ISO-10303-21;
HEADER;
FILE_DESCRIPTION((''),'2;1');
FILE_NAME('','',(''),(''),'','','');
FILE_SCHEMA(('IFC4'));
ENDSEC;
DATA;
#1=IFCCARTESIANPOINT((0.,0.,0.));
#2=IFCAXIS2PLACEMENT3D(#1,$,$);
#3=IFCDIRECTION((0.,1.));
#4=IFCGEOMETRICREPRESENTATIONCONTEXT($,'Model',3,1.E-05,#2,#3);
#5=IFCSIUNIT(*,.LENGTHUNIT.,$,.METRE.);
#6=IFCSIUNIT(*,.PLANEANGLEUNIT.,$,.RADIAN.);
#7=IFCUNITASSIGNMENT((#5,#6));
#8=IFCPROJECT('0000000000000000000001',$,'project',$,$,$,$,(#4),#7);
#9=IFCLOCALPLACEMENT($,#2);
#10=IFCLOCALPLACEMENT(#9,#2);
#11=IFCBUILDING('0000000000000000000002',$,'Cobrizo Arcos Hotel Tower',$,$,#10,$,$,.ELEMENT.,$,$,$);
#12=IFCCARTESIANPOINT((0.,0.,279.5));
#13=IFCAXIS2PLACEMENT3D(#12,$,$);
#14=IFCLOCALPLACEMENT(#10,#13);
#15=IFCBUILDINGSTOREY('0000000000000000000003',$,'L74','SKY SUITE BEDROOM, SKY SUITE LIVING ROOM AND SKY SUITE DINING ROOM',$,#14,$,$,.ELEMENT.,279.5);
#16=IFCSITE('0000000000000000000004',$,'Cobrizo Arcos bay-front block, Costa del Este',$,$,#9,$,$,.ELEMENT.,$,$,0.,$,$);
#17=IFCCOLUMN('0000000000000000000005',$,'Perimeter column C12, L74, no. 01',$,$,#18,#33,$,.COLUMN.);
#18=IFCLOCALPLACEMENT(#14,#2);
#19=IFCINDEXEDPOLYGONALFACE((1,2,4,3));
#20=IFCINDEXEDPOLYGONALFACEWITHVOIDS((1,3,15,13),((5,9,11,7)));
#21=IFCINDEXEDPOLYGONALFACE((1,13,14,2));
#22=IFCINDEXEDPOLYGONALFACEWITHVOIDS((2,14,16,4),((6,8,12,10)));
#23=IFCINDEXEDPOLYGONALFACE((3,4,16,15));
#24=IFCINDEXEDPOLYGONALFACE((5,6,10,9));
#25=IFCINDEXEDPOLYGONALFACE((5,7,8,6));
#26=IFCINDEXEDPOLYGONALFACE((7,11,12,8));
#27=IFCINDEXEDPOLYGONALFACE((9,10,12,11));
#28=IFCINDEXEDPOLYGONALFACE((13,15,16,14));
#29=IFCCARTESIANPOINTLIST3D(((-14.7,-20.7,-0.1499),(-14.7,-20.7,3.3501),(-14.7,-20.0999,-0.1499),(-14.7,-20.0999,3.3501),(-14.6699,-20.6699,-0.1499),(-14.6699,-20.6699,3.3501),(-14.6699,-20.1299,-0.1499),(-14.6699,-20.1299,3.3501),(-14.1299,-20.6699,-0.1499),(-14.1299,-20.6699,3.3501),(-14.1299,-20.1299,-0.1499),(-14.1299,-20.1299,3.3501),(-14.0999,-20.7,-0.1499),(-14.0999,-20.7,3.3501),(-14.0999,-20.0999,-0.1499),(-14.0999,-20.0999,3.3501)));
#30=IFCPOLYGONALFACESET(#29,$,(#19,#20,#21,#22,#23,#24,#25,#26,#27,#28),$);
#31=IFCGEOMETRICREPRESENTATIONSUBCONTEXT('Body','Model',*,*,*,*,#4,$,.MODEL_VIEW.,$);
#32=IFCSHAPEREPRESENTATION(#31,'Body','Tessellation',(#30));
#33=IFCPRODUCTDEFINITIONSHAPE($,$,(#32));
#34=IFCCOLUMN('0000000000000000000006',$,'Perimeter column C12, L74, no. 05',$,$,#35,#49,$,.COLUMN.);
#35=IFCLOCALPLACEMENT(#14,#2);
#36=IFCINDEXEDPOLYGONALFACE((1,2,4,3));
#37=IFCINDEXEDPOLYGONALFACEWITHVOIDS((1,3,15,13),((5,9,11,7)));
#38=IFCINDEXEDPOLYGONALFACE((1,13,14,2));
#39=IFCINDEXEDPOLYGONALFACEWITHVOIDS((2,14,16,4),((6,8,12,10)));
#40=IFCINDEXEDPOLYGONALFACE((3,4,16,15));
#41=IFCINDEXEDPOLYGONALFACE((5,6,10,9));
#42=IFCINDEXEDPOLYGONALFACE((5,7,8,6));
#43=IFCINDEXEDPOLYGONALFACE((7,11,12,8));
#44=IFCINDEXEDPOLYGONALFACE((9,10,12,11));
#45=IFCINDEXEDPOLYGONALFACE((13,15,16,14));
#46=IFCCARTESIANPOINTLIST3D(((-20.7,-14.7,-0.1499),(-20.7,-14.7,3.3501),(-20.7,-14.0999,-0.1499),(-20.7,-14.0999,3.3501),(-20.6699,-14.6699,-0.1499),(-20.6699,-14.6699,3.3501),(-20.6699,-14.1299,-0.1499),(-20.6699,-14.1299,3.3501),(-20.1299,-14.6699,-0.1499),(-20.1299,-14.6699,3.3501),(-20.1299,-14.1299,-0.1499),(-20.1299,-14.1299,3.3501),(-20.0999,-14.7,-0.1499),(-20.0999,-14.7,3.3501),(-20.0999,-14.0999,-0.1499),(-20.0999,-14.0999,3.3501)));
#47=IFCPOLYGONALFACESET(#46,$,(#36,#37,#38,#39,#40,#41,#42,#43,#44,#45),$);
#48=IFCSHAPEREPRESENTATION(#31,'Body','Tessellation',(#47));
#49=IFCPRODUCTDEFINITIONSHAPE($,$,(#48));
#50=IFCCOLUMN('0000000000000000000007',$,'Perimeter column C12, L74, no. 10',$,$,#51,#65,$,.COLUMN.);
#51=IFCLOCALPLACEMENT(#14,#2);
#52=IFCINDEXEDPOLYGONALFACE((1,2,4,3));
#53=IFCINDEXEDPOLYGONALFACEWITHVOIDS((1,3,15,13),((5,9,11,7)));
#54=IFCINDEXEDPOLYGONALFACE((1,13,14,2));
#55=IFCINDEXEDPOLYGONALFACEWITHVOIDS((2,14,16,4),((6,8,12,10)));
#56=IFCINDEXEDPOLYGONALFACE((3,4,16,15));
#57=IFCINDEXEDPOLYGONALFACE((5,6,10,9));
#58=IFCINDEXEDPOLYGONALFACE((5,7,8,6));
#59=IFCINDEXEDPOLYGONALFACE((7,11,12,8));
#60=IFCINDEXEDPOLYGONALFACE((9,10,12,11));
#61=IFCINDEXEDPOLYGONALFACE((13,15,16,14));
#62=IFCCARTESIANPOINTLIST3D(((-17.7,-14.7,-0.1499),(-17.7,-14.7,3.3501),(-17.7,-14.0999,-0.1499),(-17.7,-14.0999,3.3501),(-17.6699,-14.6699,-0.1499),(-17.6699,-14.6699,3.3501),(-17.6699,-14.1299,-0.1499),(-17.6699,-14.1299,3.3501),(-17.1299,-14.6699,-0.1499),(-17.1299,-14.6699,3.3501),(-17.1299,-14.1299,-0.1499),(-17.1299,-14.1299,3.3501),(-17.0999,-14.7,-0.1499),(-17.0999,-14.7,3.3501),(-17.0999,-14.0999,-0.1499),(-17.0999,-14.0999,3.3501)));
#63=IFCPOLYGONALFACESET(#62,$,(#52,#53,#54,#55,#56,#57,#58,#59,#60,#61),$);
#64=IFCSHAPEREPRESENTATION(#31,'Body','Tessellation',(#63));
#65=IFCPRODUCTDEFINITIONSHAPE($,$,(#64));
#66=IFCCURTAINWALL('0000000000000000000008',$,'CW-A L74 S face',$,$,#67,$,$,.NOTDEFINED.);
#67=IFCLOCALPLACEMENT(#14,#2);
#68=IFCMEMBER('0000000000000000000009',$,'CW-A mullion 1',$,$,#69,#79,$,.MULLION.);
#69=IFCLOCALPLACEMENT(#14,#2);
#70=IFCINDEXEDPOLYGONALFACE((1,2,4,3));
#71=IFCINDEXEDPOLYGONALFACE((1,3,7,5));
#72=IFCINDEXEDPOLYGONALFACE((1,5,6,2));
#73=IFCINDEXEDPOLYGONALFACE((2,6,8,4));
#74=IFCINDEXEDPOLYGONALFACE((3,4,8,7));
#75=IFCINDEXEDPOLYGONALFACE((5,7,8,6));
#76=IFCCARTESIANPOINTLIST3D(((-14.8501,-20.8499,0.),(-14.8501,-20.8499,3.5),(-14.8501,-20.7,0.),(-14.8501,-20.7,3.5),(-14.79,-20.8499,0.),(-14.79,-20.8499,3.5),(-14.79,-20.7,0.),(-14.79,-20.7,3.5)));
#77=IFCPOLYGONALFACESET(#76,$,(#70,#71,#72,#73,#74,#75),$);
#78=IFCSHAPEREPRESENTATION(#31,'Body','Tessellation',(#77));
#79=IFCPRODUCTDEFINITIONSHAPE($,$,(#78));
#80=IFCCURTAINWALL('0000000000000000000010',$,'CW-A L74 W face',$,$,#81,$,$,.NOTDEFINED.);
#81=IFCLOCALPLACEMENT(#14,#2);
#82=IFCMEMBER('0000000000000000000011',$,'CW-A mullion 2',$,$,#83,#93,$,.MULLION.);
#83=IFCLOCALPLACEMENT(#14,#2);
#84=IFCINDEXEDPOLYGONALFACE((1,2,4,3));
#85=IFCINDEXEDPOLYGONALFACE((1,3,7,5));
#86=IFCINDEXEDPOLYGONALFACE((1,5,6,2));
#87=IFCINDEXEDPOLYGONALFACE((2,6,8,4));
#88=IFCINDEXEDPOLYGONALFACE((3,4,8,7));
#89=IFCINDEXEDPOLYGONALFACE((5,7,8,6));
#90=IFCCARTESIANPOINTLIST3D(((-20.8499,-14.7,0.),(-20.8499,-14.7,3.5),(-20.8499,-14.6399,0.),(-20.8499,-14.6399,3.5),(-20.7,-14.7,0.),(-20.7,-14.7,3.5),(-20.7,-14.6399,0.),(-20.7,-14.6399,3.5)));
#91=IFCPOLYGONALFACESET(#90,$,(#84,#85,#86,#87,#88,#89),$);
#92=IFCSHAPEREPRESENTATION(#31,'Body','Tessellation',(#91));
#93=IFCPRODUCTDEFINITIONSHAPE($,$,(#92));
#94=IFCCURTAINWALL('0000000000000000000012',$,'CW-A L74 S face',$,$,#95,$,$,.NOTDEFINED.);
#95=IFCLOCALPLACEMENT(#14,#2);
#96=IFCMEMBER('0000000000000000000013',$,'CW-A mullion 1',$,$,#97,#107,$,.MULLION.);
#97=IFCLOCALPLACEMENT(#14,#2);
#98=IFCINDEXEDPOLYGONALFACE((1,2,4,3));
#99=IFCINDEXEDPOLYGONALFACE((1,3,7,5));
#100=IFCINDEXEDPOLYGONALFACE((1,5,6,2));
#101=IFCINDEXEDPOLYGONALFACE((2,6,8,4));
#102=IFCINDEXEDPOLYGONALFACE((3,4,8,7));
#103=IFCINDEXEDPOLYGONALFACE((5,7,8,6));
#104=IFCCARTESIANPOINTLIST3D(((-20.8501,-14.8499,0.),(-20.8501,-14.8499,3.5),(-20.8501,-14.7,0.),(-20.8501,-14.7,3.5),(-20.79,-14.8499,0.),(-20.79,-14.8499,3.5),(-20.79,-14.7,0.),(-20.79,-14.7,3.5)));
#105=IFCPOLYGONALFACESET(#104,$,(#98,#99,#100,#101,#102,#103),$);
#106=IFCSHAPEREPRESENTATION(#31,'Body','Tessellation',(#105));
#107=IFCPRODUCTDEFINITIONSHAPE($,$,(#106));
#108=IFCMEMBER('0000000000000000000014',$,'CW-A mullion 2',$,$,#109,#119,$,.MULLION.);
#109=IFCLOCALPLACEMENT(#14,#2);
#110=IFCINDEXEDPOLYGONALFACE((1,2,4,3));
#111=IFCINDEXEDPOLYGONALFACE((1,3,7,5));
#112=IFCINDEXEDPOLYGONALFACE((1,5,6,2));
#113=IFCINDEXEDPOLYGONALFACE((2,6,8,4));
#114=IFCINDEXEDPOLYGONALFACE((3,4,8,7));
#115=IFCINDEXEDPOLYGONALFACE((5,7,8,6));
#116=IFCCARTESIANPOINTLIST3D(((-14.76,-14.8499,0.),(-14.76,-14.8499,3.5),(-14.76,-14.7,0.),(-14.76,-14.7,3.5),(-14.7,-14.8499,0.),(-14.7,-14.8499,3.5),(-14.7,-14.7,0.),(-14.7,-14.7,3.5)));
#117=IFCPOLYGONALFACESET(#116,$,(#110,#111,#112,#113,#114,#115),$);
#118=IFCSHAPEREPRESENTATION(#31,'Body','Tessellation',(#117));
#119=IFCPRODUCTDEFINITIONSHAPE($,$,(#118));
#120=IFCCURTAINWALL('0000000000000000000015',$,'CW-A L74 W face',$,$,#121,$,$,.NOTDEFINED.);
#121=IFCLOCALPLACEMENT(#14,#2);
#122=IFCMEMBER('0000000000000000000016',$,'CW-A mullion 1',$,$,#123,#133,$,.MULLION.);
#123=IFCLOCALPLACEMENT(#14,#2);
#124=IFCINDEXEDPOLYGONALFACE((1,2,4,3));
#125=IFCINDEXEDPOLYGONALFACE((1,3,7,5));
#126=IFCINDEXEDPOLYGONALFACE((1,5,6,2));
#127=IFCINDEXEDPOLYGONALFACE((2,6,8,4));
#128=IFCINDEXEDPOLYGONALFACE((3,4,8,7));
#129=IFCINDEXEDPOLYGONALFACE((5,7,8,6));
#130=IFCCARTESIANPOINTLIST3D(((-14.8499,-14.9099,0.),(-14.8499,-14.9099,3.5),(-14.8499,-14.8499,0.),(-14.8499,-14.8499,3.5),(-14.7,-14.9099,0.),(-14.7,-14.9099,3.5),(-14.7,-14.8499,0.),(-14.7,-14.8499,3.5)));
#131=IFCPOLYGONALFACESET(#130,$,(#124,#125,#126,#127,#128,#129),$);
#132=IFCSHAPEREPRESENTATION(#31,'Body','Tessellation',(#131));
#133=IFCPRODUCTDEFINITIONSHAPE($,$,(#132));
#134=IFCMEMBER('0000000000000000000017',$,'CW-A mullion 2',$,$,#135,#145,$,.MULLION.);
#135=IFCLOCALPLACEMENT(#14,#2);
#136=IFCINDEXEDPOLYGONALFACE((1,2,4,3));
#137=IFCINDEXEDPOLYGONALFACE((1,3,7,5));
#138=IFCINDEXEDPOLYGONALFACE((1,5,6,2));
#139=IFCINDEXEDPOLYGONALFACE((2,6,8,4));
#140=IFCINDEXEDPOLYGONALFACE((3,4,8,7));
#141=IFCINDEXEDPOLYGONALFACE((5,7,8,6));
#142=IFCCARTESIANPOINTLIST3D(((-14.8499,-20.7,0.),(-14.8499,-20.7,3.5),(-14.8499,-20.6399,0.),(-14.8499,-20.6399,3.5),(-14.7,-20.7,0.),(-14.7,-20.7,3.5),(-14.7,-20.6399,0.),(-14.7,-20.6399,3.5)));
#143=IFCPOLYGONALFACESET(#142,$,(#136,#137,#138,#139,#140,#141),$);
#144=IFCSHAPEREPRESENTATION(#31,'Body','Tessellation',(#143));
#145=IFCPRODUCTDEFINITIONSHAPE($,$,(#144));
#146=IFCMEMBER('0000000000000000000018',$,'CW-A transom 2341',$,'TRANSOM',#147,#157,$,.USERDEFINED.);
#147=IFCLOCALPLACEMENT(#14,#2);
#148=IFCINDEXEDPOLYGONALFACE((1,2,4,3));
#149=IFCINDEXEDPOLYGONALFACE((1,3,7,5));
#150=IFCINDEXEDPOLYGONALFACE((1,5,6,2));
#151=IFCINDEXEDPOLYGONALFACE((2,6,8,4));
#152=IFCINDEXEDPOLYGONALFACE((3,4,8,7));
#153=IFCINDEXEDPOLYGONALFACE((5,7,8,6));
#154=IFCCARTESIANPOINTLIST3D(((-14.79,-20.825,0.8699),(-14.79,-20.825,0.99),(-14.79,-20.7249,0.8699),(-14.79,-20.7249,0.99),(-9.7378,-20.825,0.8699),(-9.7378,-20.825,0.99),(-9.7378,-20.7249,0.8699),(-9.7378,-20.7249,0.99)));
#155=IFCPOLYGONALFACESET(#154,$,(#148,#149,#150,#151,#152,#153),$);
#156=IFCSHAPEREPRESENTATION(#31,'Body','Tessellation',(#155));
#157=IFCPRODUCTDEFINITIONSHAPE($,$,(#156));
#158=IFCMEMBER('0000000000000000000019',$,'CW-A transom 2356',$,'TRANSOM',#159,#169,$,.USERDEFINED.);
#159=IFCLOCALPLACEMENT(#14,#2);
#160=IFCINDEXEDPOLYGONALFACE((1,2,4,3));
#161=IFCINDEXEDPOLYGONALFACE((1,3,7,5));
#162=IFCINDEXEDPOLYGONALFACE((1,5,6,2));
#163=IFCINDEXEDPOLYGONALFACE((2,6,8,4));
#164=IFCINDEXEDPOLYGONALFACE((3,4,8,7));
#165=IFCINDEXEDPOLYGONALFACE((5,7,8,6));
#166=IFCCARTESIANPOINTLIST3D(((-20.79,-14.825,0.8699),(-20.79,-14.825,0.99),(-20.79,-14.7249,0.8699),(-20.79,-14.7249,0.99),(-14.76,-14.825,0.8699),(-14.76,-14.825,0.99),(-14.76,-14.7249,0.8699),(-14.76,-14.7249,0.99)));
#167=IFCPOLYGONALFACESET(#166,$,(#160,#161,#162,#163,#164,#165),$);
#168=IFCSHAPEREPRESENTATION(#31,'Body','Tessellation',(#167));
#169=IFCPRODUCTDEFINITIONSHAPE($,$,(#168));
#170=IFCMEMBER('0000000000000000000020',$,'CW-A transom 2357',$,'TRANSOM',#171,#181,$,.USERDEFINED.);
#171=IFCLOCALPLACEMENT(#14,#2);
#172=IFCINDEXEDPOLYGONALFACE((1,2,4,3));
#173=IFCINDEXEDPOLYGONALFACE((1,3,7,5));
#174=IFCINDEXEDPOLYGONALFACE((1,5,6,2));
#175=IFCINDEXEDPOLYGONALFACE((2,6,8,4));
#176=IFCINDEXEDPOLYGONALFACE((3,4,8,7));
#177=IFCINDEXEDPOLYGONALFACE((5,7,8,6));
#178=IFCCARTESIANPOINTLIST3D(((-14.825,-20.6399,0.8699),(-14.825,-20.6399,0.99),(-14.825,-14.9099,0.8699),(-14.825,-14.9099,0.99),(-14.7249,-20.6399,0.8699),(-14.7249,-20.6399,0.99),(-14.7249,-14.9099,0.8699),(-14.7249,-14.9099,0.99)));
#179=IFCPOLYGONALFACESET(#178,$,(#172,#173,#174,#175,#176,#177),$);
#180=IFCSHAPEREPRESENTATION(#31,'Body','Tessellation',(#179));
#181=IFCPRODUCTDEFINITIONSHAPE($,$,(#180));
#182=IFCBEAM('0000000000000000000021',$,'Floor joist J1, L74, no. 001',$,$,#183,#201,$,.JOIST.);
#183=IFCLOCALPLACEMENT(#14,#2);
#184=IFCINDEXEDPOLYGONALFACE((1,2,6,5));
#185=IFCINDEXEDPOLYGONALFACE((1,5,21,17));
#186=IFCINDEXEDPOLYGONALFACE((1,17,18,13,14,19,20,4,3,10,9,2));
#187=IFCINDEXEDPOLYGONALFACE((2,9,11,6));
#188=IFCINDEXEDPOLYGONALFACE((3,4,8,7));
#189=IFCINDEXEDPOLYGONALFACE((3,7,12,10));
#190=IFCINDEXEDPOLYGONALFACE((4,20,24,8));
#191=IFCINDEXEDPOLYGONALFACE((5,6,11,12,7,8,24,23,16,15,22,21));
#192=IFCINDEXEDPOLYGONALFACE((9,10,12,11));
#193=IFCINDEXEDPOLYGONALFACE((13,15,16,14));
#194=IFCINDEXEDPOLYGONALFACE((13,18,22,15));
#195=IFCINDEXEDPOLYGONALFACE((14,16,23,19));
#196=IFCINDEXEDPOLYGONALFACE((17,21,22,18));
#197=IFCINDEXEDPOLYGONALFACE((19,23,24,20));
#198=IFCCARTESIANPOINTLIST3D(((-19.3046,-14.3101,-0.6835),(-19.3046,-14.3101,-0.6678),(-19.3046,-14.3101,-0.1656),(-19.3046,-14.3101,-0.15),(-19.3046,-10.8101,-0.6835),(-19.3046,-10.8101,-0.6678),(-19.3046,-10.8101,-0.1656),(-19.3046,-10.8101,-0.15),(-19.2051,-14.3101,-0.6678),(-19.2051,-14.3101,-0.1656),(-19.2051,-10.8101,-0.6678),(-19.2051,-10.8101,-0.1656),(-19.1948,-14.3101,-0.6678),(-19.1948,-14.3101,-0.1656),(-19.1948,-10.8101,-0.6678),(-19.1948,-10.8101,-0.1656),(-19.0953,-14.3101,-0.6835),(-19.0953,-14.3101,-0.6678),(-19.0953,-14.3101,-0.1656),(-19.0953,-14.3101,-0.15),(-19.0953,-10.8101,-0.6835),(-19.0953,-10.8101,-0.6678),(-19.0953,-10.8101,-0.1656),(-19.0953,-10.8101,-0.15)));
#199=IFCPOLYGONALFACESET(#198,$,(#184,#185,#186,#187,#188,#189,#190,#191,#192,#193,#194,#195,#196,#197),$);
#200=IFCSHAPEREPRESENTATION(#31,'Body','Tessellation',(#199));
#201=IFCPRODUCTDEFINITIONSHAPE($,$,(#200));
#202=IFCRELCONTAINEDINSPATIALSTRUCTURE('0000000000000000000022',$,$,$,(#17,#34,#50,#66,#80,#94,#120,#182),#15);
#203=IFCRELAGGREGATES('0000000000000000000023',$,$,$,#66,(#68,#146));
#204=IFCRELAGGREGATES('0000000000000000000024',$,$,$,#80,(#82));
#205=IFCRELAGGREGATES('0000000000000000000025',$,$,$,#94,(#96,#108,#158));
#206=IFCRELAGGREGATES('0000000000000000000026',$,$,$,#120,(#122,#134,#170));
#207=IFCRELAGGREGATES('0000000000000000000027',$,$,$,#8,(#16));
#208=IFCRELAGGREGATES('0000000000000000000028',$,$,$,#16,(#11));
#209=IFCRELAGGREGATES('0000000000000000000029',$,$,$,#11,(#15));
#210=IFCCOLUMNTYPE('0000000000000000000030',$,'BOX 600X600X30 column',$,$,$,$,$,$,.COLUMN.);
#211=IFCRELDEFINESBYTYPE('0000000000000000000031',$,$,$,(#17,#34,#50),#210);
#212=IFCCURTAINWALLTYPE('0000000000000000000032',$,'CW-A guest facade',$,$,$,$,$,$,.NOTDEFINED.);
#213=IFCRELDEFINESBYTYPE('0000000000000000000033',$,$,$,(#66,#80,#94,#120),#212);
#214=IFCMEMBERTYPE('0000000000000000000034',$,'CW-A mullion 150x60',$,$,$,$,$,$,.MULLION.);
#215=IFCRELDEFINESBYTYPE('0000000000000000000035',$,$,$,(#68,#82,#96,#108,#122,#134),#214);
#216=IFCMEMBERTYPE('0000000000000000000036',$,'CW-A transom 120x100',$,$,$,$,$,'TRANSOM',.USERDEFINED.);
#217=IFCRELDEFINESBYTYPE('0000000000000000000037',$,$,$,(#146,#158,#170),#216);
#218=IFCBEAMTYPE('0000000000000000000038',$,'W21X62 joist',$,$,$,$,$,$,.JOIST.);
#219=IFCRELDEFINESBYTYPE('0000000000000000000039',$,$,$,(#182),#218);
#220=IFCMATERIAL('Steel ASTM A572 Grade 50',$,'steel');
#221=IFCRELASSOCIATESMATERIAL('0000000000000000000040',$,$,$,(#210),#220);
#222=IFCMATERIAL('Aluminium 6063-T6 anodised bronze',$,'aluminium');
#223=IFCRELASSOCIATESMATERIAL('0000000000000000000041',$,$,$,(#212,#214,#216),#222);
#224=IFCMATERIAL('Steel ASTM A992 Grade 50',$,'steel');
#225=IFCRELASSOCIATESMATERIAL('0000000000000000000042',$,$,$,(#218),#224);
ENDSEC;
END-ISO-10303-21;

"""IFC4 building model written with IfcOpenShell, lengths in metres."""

from ifc_helpers import new_model, si_unit, direction, frame, origin, origin_2d, place, context, subcontext, project, spatial, rectangle, hollow_rectangle, i_section, extrude, material, material_profile, profile_set, type_object, element, aggregate, save


model = new_model("IFC4")

# Units and contexts
model_context = context("Model", 3, precision=1e-05, world=origin(), true_north=direction((0.0, 1.0)))
body_context = subcontext(model_context, "Body", "Model", "MODEL_VIEW")
ifc_project = project(units=[si_unit("LENGTHUNIT", "METRE"), si_unit("PLANEANGLEUNIT", "RADIAN")], contexts=[model_context])

# Site, building, storey
site_placement = place(None, origin())
site = spatial("IfcSite", under=ifc_project, at=site_placement, Name="Cobrizo Arcos bay-front block, Costa del Este", CompositionType="ELEMENT", RefElevation=0.0)
building_placement = place(site_placement, origin())
building = spatial("IfcBuilding", under=site, at=building_placement, Name="Cobrizo Arcos Hotel Tower", CompositionType="ELEMENT")
storey_placement = place(building_placement, frame((0.0, 0.0, 279.5)))
storey = spatial("IfcBuildingStorey", under=building, at=storey_placement, Name="L74", Description="SKY SUITE BEDROOM, SKY SUITE LIVING ROOM AND SKY SUITE DINING ROOM", CompositionType="ELEMENT", Elevation=279.5)

# Columns
ifc_material_1 = material(Name="Steel ASTM A572 Grade 50", Category="steel")
ifc_material_profile_1 = material_profile(ifc_material_1, hollow_rectangle(XDim=0.6001, YDim=0.6001, WallThickness=0.03, at=origin_2d()), Name="BOX 600X600X30")
ifc_profile_set_1 = profile_set([ifc_material_profile_1], Name="Steel ASTM A572 Grade 50")
column_type = type_object("IfcColumnType", Name="BOX 600X600X30 column", PredefinedType="COLUMN", material=ifc_profile_set_1)
for number, where, z_axis, x_axis, name in (
    (1, (-14.3999, -20.3999, -0.1499), (0.0, 0.0, 1.0), (1.0, 0.0, 0.0), "Perimeter column C12, L74, no. 01"),
    (2, (-20.3999, -14.3999, -0.1499), (0.0, 0.0, 1.0), (1.0, 0.0, 0.0), "Perimeter column C12, L74, no. 05"),
    (3, (-17.3999, -14.3999, -0.1499), (0.0, 0.0, 1.0), (1.0, 0.0, 0.0), "Perimeter column C12, L74, no. 10"),
):
    element("IfcColumn", number, at=place(storey_placement, frame(where, z_axis=z_axis, x_axis=x_axis)), inside=storey, type_object=column_type, Name=name, PredefinedType="COLUMN", context=body_context, shape_type="SweptSolid", body=[
        extrude(hollow_rectangle(XDim=0.6001, YDim=0.6001, WallThickness=0.03, at=origin_2d()), origin(), (0.0, 0.0, 1.0), 3.5),
    ])

# Curtain walls, members
ifc_material_2 = material(Name="Aluminium 6063-T6 anodised bronze", Category="aluminium")
curtain_wall_type = type_object("IfcCurtainWallType", Name="CW-A guest facade", PredefinedType="NOTDEFINED", material=ifc_material_2)
curtain_wall_1_placement = place(storey_placement, origin())
curtain_wall_1 = element("IfcCurtainWall", 4, at=curtain_wall_1_placement, inside=storey, type_object=curtain_wall_type, Name="CW-A L74 S face", PredefinedType="NOTDEFINED")
ifc_material_profile_2 = material_profile(ifc_material_2, rectangle(XDim=0.1499, YDim=0.0601, at=origin_2d()), Name="CW-A mullion 150x60")
ifc_profile_set_2 = profile_set([ifc_material_profile_2], Name="Aluminium 6063-T6 anodised bronze")
member_type_1 = type_object("IfcMemberType", Name="CW-A mullion 150x60", PredefinedType="MULLION", material=ifc_profile_set_2)
member_1_placement = place(storey_placement, frame((-14.8201, -20.7749, 0.0), z_axis=(0.0, 0.0, 1.0), x_axis=(0.0, -1.0, 0.0)))
member_1 = element("IfcMember", 5, at=member_1_placement, type_object=member_type_1, Name="CW-A mullion 1", PredefinedType="MULLION", context=body_context, shape_type="SweptSolid", body=[
    extrude(rectangle(XDim=0.1499, YDim=0.0601, at=origin_2d()), origin(), (0.0, 0.0, 1.0), 3.5),
])
curtain_wall_2_placement = place(storey_placement, origin())
curtain_wall_2 = element("IfcCurtainWall", 6, at=curtain_wall_2_placement, inside=storey, type_object=curtain_wall_type, Name="CW-A L74 W face", PredefinedType="NOTDEFINED")
member_2_placement = place(storey_placement, frame((-20.7749, -14.6699, 0.0), z_axis=(0.0, 0.0, 1.0), x_axis=(-1.0, 0.0, 0.0)))
member_2 = element("IfcMember", 7, at=member_2_placement, type_object=member_type_1, Name="CW-A mullion 2", PredefinedType="MULLION", context=body_context, shape_type="SweptSolid", body=[
    extrude(rectangle(XDim=0.1499, YDim=0.0601, at=origin_2d()), origin(), (0.0, 0.0, 1.0), 3.5),
])

# Curtain walls, members
curtain_wall_3_placement = place(storey_placement, origin())
curtain_wall_3 = element("IfcCurtainWall", 8, at=curtain_wall_3_placement, inside=storey, type_object=curtain_wall_type, Name="CW-A L74 S face", PredefinedType="NOTDEFINED")
member_3_placement = place(storey_placement, frame((-20.8201, -14.7749, 0.0), z_axis=(0.0, 0.0, 1.0), x_axis=(0.0, -1.0, 0.0)))
member_3 = element("IfcMember", 9, at=member_3_placement, type_object=member_type_1, Name="CW-A mullion 1", PredefinedType="MULLION", context=body_context, shape_type="SweptSolid", body=[
    extrude(rectangle(XDim=0.1499, YDim=0.0601, at=origin_2d()), origin(), (0.0, 0.0, 1.0), 3.5),
])
member_4_placement = place(storey_placement, frame((-14.73, -14.7749, 0.0), z_axis=(0.0, 0.0, 1.0), x_axis=(0.0, -1.0, 0.0)))
member_4 = element("IfcMember", 10, at=member_4_placement, type_object=member_type_1, Name="CW-A mullion 2", PredefinedType="MULLION", context=body_context, shape_type="SweptSolid", body=[
    extrude(rectangle(XDim=0.1499, YDim=0.0601, at=origin_2d()), origin(), (0.0, 0.0, 1.0), 3.5),
])
curtain_wall_4_placement = place(storey_placement, origin())
curtain_wall_4 = element("IfcCurtainWall", 11, at=curtain_wall_4_placement, inside=storey, type_object=curtain_wall_type, Name="CW-A L74 W face", PredefinedType="NOTDEFINED")
member_5_placement = place(storey_placement, frame((-14.7749, -14.8799, 0.0), z_axis=(0.0, 0.0, 1.0), x_axis=(-1.0, 0.0, 0.0)))
member_5 = element("IfcMember", 12, at=member_5_placement, type_object=member_type_1, Name="CW-A mullion 1", PredefinedType="MULLION", context=body_context, shape_type="SweptSolid", body=[
    extrude(rectangle(XDim=0.1499, YDim=0.0601, at=origin_2d()), origin(), (0.0, 0.0, 1.0), 3.5),
])
member_6_placement = place(storey_placement, frame((-14.7749, -20.6699, 0.0), z_axis=(0.0, 0.0, 1.0), x_axis=(-1.0, 0.0, 0.0)))
member_6 = element("IfcMember", 13, at=member_6_placement, type_object=member_type_1, Name="CW-A mullion 2", PredefinedType="MULLION", context=body_context, shape_type="SweptSolid", body=[
    extrude(rectangle(XDim=0.1499, YDim=0.0601, at=origin_2d()), origin(), (0.0, 0.0, 1.0), 3.5),
])

# Members
ifc_material_profile_3 = material_profile(ifc_material_2, rectangle(XDim=0.1001, YDim=0.1201, at=origin_2d()), Name="CW-A transom 120x100")
ifc_profile_set_3 = profile_set([ifc_material_profile_3], Name="Aluminium 6063-T6 anodised bronze")
member_type_2 = type_object("IfcMemberType", Name="CW-A transom 120x100", ElementType="TRANSOM", PredefinedType="USERDEFINED", material=ifc_profile_set_3)
member_7_placement = place(storey_placement, frame((-14.79, -20.7749, 0.9299), z_axis=(1.0, 0.0, 0.0), x_axis=(0.0, 1.0, 0.0)))
member_7 = element("IfcMember", 14, at=member_7_placement, type_object=member_type_2, Name="CW-A transom 2341", ObjectType="TRANSOM", PredefinedType="USERDEFINED", context=body_context, shape_type="SweptSolid", body=[
    extrude(rectangle(XDim=0.1001, YDim=0.1201, at=origin_2d()), origin(), (0.0, 0.0, 1.0), 5.0522),
])
aggregate(curtain_wall_1, [member_1, member_7])
member_8_placement = place(storey_placement, frame((-20.79, -14.7749, 0.9299), z_axis=(1.0, 0.0, 0.0), x_axis=(0.0, 1.0, 0.0)))
member_8 = element("IfcMember", 15, at=member_8_placement, type_object=member_type_2, Name="CW-A transom 2356", ObjectType="TRANSOM", PredefinedType="USERDEFINED", context=body_context, shape_type="SweptSolid", body=[
    extrude(rectangle(XDim=0.1001, YDim=0.1201, at=origin_2d()), origin(), (0.0, 0.0, 1.0), 6.03),
])
member_9_placement = place(storey_placement, frame((-14.7749, -14.9099, 0.9299), z_axis=(0.0, -1.0, 0.0), x_axis=(1.0, 0.0, 0.0)))
member_9 = element("IfcMember", 16, at=member_9_placement, type_object=member_type_2, Name="CW-A transom 2357", ObjectType="TRANSOM", PredefinedType="USERDEFINED", context=body_context, shape_type="SweptSolid", body=[
    extrude(rectangle(XDim=0.1001, YDim=0.1201, at=origin_2d()), origin(), (0.0, 0.0, 1.0), 5.73),
])

# Beam
ifc_material_3 = material(Name="Steel ASTM A992 Grade 50", Category="steel")
ifc_material_profile_4 = material_profile(ifc_material_3, i_section(OverallWidth=0.2092, OverallDepth=0.5334, WebThickness=0.0103, FlangeThickness=0.0156, at=origin_2d()), Name="W21X62")
ifc_profile_set_4 = profile_set([ifc_material_profile_4], Name="Steel ASTM A992 Grade 50")
beam_type_1 = type_object("IfcBeamType", Name="W21X62 joist", PredefinedType="JOIST", material=ifc_profile_set_4)
beam_1_placement = place(storey_placement, frame((-19.2, -14.3101, -0.4167), z_axis=(0.0, 1.0, 0.0), x_axis=(-1.0, 0.0, 0.0)))
element("IfcBeam", 17, at=beam_1_placement, inside=storey, type_object=beam_type_1, Name="Floor joist J1, L74, no. 001", PredefinedType="JOIST", context=body_context, shape_type="SweptSolid", body=[
    extrude(i_section(OverallWidth=0.2092, OverallDepth=0.5334, WebThickness=0.0103, FlangeThickness=0.0156, at=origin_2d()), origin(), (0.0, 0.0, 1.0), 3.5),
])

aggregate(curtain_wall_2, [member_2])
aggregate(curtain_wall_3, [member_3, member_4, member_8])
aggregate(curtain_wall_4, [member_5, member_6, member_9])

save(model, "model.ifc")
